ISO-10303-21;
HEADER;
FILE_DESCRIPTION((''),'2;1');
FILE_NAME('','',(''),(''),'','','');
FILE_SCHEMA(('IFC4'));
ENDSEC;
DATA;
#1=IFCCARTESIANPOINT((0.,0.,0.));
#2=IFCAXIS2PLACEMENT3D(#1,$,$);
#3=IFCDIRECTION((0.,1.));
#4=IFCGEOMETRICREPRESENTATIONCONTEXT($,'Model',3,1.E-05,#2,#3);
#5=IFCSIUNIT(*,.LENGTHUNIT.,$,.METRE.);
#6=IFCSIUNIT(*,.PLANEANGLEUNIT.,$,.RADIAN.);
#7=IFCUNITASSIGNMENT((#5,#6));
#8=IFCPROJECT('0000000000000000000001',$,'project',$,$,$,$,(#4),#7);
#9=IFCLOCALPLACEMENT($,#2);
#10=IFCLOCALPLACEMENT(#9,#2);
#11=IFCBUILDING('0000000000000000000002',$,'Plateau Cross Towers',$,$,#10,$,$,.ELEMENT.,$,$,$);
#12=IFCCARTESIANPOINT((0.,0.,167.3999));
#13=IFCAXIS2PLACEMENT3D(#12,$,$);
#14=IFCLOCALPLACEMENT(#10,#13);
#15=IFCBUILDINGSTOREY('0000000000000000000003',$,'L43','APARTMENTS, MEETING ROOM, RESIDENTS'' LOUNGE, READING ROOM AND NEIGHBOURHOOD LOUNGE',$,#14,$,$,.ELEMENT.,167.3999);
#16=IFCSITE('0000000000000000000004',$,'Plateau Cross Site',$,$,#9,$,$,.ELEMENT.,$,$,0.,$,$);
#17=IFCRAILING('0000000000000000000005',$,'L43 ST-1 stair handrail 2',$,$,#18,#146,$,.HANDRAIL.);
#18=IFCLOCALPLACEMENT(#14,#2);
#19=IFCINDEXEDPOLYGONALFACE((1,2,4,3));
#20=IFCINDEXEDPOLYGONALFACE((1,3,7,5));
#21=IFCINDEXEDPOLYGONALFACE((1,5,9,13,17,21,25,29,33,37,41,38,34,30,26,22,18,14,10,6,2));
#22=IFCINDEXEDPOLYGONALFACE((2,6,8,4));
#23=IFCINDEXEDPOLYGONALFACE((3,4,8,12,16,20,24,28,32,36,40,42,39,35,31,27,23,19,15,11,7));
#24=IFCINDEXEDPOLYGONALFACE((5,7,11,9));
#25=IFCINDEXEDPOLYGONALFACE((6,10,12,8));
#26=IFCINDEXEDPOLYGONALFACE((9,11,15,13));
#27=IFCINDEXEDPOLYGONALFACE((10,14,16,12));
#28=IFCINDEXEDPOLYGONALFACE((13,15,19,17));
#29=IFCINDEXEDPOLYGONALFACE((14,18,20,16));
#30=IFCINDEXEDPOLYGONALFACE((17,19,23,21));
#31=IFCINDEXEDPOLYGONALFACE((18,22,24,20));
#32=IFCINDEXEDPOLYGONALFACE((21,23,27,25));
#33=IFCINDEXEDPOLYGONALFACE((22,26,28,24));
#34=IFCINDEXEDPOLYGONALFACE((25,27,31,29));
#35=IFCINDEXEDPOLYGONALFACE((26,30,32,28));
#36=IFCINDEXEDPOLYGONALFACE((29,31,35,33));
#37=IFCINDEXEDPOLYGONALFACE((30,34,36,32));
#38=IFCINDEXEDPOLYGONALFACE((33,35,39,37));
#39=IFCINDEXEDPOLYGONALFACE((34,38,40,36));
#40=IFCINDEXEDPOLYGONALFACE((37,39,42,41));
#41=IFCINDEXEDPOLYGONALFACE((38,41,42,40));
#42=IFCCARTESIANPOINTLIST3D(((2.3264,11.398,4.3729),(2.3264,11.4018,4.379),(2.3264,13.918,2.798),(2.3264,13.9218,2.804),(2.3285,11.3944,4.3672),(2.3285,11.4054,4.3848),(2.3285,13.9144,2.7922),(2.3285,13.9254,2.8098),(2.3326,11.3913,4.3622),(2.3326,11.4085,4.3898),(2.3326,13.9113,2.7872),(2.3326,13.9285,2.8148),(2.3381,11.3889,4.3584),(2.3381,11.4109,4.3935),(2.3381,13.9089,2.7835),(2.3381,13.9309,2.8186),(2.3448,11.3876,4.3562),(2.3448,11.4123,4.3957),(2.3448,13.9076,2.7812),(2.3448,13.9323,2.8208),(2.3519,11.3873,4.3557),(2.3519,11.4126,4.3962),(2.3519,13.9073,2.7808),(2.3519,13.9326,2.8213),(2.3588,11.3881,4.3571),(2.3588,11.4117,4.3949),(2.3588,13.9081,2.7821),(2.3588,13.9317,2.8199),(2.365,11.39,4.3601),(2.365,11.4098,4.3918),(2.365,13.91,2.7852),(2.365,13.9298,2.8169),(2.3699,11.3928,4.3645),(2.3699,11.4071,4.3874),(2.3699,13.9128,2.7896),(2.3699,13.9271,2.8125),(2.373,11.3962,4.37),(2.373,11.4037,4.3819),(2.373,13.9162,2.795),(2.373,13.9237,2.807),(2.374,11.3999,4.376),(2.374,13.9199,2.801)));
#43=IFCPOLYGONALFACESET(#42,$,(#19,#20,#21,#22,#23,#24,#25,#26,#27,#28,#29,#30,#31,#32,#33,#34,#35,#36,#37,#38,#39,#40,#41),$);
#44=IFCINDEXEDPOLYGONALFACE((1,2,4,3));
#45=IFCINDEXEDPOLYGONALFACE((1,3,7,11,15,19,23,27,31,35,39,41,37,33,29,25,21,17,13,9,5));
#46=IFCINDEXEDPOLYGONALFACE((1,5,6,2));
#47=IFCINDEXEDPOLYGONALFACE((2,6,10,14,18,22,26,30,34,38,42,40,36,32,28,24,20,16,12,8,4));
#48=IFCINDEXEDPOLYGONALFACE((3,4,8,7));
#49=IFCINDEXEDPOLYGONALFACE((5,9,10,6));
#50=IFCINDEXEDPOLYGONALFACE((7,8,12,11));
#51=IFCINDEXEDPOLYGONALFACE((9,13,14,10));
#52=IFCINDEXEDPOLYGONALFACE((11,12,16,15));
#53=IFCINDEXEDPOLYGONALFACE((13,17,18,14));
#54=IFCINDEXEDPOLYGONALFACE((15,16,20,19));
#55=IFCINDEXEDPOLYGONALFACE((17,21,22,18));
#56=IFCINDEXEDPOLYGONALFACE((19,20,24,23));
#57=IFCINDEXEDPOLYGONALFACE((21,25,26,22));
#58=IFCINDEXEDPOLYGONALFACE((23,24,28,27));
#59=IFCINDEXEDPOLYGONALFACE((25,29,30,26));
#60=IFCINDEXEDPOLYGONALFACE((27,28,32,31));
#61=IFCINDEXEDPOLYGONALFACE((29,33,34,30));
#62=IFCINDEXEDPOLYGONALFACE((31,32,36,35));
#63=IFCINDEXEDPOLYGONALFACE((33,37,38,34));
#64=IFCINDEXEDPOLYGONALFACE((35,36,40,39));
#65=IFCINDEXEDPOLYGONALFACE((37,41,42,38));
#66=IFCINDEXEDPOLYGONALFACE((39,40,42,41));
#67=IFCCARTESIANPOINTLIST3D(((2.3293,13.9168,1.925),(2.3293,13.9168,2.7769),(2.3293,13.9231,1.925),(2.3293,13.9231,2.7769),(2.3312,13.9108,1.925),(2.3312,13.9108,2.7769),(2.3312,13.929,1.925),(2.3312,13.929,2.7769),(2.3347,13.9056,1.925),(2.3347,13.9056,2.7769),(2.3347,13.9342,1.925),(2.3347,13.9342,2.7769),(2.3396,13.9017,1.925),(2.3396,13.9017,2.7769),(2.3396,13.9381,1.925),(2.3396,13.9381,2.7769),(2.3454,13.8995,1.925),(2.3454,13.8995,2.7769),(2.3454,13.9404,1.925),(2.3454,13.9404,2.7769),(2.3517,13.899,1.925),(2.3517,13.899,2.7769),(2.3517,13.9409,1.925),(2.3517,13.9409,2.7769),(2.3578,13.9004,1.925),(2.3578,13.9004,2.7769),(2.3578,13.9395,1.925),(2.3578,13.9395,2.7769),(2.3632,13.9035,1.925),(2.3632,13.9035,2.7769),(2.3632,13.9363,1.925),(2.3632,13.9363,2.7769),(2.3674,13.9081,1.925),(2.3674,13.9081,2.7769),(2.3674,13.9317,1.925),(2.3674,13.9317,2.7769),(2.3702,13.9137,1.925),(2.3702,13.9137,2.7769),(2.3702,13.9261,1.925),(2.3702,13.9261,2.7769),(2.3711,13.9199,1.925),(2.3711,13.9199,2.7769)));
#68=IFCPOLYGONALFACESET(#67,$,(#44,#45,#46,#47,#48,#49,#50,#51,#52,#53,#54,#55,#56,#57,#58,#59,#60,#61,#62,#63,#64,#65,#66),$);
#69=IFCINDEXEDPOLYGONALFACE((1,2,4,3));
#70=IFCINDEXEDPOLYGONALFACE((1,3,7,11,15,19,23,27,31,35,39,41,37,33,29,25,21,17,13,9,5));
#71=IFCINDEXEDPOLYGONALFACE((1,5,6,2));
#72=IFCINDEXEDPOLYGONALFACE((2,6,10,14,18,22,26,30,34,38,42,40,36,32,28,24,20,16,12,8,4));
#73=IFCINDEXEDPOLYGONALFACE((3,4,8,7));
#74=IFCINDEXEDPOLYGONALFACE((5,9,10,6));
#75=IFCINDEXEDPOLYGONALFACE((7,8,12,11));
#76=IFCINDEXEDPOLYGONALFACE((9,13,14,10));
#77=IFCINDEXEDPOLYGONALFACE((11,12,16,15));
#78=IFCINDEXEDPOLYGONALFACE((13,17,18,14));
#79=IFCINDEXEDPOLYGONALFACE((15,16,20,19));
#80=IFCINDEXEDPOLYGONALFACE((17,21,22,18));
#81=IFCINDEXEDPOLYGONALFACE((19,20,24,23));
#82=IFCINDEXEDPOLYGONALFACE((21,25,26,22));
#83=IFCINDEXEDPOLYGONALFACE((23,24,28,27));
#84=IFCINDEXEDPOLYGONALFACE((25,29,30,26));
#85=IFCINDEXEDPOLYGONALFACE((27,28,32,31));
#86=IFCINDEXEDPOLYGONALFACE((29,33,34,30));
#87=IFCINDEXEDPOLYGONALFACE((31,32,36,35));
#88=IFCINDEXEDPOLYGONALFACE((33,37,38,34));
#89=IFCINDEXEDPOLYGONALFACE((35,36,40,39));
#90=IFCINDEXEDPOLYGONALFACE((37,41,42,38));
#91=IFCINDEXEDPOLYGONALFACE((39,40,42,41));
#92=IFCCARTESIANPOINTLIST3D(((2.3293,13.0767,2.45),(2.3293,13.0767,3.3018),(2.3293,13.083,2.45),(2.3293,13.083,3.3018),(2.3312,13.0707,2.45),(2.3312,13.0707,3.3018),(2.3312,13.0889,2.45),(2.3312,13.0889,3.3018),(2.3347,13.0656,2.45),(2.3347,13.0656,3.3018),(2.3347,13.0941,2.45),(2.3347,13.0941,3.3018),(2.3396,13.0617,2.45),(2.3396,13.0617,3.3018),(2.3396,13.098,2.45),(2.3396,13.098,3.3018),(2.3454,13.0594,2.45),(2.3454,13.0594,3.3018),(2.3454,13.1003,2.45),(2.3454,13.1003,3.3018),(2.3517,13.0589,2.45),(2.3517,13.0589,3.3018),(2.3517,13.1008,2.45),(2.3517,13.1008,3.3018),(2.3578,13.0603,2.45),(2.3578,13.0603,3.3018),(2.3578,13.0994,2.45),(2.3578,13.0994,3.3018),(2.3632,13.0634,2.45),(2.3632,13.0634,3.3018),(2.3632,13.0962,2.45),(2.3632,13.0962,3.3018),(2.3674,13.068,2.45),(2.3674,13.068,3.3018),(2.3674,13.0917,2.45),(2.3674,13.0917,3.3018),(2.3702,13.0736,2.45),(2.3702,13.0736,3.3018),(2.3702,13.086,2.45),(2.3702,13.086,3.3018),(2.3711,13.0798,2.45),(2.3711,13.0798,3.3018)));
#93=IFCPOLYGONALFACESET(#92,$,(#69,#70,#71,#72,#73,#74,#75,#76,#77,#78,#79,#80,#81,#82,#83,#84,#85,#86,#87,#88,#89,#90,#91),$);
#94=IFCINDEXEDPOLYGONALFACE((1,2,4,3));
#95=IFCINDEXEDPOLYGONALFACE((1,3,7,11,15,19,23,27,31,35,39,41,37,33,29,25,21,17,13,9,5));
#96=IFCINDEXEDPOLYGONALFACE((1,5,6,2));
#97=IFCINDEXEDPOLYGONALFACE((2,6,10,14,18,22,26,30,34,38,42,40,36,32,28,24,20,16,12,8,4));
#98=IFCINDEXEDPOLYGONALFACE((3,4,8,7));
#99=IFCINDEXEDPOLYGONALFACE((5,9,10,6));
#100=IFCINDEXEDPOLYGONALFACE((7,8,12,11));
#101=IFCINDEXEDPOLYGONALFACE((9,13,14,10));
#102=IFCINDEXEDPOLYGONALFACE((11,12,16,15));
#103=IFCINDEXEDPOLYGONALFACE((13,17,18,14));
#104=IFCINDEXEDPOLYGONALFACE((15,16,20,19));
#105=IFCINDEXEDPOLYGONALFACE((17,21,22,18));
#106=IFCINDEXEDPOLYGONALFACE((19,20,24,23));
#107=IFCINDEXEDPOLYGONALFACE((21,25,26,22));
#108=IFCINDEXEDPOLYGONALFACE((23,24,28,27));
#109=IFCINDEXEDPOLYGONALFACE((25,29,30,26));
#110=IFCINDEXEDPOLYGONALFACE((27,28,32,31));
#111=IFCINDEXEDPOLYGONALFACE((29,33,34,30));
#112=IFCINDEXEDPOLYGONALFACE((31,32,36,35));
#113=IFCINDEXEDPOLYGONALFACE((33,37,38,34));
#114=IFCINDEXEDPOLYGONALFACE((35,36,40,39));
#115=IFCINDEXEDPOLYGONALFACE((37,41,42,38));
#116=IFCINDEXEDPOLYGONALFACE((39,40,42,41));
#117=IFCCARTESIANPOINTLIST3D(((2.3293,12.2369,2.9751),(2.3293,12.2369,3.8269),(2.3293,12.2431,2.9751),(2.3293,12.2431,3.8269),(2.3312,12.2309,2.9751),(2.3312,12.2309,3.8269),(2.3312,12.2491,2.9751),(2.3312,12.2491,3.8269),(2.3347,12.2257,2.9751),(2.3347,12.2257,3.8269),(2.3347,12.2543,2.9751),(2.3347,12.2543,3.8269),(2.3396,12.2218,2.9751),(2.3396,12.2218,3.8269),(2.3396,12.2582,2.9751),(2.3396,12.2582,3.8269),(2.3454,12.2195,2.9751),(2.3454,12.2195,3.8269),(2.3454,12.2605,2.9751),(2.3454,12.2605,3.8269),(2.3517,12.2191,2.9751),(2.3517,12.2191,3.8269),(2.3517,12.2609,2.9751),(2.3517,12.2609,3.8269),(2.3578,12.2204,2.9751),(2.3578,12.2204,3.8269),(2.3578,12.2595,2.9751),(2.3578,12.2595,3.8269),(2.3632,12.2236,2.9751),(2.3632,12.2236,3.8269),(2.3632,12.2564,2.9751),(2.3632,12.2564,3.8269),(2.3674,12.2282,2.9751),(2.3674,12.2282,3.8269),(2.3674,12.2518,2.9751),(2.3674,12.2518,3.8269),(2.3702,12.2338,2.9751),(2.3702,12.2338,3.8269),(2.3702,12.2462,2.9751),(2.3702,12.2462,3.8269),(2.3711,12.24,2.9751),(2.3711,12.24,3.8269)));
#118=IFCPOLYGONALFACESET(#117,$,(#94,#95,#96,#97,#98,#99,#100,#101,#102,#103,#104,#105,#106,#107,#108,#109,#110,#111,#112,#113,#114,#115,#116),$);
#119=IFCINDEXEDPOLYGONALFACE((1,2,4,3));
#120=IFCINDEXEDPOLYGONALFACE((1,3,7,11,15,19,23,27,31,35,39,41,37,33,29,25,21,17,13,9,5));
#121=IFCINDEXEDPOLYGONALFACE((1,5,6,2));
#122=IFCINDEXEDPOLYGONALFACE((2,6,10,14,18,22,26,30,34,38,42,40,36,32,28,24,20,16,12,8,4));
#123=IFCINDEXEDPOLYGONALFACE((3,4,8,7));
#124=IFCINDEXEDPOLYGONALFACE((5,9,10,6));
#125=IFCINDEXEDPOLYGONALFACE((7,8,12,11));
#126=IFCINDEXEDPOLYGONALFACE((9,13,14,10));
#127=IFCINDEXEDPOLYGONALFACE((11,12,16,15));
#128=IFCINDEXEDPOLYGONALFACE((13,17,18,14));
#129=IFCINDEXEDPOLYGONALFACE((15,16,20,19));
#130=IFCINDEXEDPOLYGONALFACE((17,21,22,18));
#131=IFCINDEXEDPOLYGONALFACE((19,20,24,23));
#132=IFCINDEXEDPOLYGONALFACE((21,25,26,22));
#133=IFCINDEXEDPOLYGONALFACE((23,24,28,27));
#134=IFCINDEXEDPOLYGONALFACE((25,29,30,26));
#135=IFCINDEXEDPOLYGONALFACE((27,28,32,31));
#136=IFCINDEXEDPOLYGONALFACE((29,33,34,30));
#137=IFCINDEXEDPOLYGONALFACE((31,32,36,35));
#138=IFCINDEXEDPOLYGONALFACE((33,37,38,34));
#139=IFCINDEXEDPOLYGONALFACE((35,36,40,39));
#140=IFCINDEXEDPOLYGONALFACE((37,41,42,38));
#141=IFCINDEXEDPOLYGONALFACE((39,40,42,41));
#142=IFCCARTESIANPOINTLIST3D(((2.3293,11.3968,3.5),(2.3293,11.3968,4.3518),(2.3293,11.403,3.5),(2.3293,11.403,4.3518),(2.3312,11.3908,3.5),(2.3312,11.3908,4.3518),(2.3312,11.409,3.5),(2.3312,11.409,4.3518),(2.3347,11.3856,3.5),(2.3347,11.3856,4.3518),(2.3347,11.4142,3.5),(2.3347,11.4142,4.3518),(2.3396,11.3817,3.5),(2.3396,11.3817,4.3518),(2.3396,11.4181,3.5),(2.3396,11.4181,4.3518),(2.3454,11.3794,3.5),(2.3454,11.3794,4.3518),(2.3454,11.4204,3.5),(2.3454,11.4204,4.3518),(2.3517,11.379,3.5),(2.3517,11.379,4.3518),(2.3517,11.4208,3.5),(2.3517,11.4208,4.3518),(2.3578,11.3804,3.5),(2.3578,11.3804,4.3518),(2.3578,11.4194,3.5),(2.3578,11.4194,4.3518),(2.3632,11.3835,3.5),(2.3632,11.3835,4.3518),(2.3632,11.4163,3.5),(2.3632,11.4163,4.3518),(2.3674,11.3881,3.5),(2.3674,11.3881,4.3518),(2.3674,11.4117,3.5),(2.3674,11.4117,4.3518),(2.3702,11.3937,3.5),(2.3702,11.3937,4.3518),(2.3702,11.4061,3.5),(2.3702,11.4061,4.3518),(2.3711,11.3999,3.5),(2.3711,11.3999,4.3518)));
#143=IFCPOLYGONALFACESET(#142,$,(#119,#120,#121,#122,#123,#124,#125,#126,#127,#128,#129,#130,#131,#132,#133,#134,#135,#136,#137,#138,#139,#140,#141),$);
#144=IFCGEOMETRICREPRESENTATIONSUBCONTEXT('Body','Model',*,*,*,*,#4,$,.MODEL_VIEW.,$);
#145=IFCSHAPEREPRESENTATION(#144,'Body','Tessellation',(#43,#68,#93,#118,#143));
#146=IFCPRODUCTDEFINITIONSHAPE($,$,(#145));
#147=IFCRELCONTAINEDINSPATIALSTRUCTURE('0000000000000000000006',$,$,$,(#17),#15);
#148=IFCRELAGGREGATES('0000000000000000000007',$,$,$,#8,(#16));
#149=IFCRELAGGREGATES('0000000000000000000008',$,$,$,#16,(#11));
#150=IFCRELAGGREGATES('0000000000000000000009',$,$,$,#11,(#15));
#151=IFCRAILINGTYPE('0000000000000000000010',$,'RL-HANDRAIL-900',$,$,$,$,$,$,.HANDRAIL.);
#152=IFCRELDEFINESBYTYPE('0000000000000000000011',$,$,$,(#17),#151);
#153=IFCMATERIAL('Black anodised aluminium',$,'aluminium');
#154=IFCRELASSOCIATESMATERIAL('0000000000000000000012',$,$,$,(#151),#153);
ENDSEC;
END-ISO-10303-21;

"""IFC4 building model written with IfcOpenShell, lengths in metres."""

from ifc_helpers import new_model, si_unit, direction, frame, origin, origin_2d, place, context, subcontext, project, spatial, circle, extrude, material, type_object, element, save


model = new_model("IFC4")

# Units and contexts
model_context = context("Model", 3, precision=1e-05, world=origin(), true_north=direction((0.0, 1.0)))
body_context = subcontext(model_context, "Body", "Model", "MODEL_VIEW")
ifc_project = project(units=[si_unit("LENGTHUNIT", "METRE"), si_unit("PLANEANGLEUNIT", "RADIAN")], contexts=[model_context])

# Site, building, storey
site_placement = place(None, origin())
site = spatial("IfcSite", under=ifc_project, at=site_placement, Name="Plateau Cross Site", CompositionType="ELEMENT", RefElevation=0.0)
building_placement = place(site_placement, origin())
building = spatial("IfcBuilding", under=site, at=building_placement, Name="Plateau Cross Towers", CompositionType="ELEMENT")
storey_placement = place(building_placement, frame((0.0, 0.0, 167.3999)))
storey = spatial("IfcBuildingStorey", under=building, at=storey_placement, Name="L43", Description="APARTMENTS, MEETING ROOM, RESIDENTS' LOUNGE, READING ROOM AND NEIGHBOURHOOD LOUNGE", CompositionType="ELEMENT", Elevation=167.3999)

# Shared definitions
ifc_material_1 = material(Name="Black anodised aluminium", Category="aluminium")

# Railing
railing_type_1 = type_object("IfcRailingType", Name="RL-HANDRAIL-900", PredefinedType="HANDRAIL", material=ifc_material_1)
railing_1_placement = place(storey_placement, frame((2.3501, 13.9199, 1.925)))
element("IfcRailing", 1, at=railing_1_placement, inside=storey, type_object=railing_type_1, Name="L43 ST-1 stair handrail 2", PredefinedType="HANDRAIL", context=body_context, shape_type="SweptSolid", body=[
    extrude(circle(Radius=0.0239, at=origin_2d()), frame((0.0, 0.0, 0.876), z_axis=(0.0, -0.848008, 0.529984), x_axis=(1.0, 0.0, 0.0)), (0.0, 0.0, 1.0), 2.9717),
    extrude(circle(Radius=0.021, at=origin_2d()), origin(), (0.0, 0.0, 1.0), 0.8518),
    extrude(circle(Radius=0.021, at=origin_2d()), frame((0.0, -0.8401, 0.5249)), (0.0, 0.0, 1.0), 0.8518),
    extrude(circle(Radius=0.021, at=origin_2d()), frame((0.0, -1.6799, 1.05)), (0.0, 0.0, 1.0), 0.8518),
    extrude(circle(Radius=0.021, at=origin_2d()), frame((0.0, -2.52, 1.575)), (0.0, 0.0, 1.0), 0.8518),
])

save(model, "model.ifc")
